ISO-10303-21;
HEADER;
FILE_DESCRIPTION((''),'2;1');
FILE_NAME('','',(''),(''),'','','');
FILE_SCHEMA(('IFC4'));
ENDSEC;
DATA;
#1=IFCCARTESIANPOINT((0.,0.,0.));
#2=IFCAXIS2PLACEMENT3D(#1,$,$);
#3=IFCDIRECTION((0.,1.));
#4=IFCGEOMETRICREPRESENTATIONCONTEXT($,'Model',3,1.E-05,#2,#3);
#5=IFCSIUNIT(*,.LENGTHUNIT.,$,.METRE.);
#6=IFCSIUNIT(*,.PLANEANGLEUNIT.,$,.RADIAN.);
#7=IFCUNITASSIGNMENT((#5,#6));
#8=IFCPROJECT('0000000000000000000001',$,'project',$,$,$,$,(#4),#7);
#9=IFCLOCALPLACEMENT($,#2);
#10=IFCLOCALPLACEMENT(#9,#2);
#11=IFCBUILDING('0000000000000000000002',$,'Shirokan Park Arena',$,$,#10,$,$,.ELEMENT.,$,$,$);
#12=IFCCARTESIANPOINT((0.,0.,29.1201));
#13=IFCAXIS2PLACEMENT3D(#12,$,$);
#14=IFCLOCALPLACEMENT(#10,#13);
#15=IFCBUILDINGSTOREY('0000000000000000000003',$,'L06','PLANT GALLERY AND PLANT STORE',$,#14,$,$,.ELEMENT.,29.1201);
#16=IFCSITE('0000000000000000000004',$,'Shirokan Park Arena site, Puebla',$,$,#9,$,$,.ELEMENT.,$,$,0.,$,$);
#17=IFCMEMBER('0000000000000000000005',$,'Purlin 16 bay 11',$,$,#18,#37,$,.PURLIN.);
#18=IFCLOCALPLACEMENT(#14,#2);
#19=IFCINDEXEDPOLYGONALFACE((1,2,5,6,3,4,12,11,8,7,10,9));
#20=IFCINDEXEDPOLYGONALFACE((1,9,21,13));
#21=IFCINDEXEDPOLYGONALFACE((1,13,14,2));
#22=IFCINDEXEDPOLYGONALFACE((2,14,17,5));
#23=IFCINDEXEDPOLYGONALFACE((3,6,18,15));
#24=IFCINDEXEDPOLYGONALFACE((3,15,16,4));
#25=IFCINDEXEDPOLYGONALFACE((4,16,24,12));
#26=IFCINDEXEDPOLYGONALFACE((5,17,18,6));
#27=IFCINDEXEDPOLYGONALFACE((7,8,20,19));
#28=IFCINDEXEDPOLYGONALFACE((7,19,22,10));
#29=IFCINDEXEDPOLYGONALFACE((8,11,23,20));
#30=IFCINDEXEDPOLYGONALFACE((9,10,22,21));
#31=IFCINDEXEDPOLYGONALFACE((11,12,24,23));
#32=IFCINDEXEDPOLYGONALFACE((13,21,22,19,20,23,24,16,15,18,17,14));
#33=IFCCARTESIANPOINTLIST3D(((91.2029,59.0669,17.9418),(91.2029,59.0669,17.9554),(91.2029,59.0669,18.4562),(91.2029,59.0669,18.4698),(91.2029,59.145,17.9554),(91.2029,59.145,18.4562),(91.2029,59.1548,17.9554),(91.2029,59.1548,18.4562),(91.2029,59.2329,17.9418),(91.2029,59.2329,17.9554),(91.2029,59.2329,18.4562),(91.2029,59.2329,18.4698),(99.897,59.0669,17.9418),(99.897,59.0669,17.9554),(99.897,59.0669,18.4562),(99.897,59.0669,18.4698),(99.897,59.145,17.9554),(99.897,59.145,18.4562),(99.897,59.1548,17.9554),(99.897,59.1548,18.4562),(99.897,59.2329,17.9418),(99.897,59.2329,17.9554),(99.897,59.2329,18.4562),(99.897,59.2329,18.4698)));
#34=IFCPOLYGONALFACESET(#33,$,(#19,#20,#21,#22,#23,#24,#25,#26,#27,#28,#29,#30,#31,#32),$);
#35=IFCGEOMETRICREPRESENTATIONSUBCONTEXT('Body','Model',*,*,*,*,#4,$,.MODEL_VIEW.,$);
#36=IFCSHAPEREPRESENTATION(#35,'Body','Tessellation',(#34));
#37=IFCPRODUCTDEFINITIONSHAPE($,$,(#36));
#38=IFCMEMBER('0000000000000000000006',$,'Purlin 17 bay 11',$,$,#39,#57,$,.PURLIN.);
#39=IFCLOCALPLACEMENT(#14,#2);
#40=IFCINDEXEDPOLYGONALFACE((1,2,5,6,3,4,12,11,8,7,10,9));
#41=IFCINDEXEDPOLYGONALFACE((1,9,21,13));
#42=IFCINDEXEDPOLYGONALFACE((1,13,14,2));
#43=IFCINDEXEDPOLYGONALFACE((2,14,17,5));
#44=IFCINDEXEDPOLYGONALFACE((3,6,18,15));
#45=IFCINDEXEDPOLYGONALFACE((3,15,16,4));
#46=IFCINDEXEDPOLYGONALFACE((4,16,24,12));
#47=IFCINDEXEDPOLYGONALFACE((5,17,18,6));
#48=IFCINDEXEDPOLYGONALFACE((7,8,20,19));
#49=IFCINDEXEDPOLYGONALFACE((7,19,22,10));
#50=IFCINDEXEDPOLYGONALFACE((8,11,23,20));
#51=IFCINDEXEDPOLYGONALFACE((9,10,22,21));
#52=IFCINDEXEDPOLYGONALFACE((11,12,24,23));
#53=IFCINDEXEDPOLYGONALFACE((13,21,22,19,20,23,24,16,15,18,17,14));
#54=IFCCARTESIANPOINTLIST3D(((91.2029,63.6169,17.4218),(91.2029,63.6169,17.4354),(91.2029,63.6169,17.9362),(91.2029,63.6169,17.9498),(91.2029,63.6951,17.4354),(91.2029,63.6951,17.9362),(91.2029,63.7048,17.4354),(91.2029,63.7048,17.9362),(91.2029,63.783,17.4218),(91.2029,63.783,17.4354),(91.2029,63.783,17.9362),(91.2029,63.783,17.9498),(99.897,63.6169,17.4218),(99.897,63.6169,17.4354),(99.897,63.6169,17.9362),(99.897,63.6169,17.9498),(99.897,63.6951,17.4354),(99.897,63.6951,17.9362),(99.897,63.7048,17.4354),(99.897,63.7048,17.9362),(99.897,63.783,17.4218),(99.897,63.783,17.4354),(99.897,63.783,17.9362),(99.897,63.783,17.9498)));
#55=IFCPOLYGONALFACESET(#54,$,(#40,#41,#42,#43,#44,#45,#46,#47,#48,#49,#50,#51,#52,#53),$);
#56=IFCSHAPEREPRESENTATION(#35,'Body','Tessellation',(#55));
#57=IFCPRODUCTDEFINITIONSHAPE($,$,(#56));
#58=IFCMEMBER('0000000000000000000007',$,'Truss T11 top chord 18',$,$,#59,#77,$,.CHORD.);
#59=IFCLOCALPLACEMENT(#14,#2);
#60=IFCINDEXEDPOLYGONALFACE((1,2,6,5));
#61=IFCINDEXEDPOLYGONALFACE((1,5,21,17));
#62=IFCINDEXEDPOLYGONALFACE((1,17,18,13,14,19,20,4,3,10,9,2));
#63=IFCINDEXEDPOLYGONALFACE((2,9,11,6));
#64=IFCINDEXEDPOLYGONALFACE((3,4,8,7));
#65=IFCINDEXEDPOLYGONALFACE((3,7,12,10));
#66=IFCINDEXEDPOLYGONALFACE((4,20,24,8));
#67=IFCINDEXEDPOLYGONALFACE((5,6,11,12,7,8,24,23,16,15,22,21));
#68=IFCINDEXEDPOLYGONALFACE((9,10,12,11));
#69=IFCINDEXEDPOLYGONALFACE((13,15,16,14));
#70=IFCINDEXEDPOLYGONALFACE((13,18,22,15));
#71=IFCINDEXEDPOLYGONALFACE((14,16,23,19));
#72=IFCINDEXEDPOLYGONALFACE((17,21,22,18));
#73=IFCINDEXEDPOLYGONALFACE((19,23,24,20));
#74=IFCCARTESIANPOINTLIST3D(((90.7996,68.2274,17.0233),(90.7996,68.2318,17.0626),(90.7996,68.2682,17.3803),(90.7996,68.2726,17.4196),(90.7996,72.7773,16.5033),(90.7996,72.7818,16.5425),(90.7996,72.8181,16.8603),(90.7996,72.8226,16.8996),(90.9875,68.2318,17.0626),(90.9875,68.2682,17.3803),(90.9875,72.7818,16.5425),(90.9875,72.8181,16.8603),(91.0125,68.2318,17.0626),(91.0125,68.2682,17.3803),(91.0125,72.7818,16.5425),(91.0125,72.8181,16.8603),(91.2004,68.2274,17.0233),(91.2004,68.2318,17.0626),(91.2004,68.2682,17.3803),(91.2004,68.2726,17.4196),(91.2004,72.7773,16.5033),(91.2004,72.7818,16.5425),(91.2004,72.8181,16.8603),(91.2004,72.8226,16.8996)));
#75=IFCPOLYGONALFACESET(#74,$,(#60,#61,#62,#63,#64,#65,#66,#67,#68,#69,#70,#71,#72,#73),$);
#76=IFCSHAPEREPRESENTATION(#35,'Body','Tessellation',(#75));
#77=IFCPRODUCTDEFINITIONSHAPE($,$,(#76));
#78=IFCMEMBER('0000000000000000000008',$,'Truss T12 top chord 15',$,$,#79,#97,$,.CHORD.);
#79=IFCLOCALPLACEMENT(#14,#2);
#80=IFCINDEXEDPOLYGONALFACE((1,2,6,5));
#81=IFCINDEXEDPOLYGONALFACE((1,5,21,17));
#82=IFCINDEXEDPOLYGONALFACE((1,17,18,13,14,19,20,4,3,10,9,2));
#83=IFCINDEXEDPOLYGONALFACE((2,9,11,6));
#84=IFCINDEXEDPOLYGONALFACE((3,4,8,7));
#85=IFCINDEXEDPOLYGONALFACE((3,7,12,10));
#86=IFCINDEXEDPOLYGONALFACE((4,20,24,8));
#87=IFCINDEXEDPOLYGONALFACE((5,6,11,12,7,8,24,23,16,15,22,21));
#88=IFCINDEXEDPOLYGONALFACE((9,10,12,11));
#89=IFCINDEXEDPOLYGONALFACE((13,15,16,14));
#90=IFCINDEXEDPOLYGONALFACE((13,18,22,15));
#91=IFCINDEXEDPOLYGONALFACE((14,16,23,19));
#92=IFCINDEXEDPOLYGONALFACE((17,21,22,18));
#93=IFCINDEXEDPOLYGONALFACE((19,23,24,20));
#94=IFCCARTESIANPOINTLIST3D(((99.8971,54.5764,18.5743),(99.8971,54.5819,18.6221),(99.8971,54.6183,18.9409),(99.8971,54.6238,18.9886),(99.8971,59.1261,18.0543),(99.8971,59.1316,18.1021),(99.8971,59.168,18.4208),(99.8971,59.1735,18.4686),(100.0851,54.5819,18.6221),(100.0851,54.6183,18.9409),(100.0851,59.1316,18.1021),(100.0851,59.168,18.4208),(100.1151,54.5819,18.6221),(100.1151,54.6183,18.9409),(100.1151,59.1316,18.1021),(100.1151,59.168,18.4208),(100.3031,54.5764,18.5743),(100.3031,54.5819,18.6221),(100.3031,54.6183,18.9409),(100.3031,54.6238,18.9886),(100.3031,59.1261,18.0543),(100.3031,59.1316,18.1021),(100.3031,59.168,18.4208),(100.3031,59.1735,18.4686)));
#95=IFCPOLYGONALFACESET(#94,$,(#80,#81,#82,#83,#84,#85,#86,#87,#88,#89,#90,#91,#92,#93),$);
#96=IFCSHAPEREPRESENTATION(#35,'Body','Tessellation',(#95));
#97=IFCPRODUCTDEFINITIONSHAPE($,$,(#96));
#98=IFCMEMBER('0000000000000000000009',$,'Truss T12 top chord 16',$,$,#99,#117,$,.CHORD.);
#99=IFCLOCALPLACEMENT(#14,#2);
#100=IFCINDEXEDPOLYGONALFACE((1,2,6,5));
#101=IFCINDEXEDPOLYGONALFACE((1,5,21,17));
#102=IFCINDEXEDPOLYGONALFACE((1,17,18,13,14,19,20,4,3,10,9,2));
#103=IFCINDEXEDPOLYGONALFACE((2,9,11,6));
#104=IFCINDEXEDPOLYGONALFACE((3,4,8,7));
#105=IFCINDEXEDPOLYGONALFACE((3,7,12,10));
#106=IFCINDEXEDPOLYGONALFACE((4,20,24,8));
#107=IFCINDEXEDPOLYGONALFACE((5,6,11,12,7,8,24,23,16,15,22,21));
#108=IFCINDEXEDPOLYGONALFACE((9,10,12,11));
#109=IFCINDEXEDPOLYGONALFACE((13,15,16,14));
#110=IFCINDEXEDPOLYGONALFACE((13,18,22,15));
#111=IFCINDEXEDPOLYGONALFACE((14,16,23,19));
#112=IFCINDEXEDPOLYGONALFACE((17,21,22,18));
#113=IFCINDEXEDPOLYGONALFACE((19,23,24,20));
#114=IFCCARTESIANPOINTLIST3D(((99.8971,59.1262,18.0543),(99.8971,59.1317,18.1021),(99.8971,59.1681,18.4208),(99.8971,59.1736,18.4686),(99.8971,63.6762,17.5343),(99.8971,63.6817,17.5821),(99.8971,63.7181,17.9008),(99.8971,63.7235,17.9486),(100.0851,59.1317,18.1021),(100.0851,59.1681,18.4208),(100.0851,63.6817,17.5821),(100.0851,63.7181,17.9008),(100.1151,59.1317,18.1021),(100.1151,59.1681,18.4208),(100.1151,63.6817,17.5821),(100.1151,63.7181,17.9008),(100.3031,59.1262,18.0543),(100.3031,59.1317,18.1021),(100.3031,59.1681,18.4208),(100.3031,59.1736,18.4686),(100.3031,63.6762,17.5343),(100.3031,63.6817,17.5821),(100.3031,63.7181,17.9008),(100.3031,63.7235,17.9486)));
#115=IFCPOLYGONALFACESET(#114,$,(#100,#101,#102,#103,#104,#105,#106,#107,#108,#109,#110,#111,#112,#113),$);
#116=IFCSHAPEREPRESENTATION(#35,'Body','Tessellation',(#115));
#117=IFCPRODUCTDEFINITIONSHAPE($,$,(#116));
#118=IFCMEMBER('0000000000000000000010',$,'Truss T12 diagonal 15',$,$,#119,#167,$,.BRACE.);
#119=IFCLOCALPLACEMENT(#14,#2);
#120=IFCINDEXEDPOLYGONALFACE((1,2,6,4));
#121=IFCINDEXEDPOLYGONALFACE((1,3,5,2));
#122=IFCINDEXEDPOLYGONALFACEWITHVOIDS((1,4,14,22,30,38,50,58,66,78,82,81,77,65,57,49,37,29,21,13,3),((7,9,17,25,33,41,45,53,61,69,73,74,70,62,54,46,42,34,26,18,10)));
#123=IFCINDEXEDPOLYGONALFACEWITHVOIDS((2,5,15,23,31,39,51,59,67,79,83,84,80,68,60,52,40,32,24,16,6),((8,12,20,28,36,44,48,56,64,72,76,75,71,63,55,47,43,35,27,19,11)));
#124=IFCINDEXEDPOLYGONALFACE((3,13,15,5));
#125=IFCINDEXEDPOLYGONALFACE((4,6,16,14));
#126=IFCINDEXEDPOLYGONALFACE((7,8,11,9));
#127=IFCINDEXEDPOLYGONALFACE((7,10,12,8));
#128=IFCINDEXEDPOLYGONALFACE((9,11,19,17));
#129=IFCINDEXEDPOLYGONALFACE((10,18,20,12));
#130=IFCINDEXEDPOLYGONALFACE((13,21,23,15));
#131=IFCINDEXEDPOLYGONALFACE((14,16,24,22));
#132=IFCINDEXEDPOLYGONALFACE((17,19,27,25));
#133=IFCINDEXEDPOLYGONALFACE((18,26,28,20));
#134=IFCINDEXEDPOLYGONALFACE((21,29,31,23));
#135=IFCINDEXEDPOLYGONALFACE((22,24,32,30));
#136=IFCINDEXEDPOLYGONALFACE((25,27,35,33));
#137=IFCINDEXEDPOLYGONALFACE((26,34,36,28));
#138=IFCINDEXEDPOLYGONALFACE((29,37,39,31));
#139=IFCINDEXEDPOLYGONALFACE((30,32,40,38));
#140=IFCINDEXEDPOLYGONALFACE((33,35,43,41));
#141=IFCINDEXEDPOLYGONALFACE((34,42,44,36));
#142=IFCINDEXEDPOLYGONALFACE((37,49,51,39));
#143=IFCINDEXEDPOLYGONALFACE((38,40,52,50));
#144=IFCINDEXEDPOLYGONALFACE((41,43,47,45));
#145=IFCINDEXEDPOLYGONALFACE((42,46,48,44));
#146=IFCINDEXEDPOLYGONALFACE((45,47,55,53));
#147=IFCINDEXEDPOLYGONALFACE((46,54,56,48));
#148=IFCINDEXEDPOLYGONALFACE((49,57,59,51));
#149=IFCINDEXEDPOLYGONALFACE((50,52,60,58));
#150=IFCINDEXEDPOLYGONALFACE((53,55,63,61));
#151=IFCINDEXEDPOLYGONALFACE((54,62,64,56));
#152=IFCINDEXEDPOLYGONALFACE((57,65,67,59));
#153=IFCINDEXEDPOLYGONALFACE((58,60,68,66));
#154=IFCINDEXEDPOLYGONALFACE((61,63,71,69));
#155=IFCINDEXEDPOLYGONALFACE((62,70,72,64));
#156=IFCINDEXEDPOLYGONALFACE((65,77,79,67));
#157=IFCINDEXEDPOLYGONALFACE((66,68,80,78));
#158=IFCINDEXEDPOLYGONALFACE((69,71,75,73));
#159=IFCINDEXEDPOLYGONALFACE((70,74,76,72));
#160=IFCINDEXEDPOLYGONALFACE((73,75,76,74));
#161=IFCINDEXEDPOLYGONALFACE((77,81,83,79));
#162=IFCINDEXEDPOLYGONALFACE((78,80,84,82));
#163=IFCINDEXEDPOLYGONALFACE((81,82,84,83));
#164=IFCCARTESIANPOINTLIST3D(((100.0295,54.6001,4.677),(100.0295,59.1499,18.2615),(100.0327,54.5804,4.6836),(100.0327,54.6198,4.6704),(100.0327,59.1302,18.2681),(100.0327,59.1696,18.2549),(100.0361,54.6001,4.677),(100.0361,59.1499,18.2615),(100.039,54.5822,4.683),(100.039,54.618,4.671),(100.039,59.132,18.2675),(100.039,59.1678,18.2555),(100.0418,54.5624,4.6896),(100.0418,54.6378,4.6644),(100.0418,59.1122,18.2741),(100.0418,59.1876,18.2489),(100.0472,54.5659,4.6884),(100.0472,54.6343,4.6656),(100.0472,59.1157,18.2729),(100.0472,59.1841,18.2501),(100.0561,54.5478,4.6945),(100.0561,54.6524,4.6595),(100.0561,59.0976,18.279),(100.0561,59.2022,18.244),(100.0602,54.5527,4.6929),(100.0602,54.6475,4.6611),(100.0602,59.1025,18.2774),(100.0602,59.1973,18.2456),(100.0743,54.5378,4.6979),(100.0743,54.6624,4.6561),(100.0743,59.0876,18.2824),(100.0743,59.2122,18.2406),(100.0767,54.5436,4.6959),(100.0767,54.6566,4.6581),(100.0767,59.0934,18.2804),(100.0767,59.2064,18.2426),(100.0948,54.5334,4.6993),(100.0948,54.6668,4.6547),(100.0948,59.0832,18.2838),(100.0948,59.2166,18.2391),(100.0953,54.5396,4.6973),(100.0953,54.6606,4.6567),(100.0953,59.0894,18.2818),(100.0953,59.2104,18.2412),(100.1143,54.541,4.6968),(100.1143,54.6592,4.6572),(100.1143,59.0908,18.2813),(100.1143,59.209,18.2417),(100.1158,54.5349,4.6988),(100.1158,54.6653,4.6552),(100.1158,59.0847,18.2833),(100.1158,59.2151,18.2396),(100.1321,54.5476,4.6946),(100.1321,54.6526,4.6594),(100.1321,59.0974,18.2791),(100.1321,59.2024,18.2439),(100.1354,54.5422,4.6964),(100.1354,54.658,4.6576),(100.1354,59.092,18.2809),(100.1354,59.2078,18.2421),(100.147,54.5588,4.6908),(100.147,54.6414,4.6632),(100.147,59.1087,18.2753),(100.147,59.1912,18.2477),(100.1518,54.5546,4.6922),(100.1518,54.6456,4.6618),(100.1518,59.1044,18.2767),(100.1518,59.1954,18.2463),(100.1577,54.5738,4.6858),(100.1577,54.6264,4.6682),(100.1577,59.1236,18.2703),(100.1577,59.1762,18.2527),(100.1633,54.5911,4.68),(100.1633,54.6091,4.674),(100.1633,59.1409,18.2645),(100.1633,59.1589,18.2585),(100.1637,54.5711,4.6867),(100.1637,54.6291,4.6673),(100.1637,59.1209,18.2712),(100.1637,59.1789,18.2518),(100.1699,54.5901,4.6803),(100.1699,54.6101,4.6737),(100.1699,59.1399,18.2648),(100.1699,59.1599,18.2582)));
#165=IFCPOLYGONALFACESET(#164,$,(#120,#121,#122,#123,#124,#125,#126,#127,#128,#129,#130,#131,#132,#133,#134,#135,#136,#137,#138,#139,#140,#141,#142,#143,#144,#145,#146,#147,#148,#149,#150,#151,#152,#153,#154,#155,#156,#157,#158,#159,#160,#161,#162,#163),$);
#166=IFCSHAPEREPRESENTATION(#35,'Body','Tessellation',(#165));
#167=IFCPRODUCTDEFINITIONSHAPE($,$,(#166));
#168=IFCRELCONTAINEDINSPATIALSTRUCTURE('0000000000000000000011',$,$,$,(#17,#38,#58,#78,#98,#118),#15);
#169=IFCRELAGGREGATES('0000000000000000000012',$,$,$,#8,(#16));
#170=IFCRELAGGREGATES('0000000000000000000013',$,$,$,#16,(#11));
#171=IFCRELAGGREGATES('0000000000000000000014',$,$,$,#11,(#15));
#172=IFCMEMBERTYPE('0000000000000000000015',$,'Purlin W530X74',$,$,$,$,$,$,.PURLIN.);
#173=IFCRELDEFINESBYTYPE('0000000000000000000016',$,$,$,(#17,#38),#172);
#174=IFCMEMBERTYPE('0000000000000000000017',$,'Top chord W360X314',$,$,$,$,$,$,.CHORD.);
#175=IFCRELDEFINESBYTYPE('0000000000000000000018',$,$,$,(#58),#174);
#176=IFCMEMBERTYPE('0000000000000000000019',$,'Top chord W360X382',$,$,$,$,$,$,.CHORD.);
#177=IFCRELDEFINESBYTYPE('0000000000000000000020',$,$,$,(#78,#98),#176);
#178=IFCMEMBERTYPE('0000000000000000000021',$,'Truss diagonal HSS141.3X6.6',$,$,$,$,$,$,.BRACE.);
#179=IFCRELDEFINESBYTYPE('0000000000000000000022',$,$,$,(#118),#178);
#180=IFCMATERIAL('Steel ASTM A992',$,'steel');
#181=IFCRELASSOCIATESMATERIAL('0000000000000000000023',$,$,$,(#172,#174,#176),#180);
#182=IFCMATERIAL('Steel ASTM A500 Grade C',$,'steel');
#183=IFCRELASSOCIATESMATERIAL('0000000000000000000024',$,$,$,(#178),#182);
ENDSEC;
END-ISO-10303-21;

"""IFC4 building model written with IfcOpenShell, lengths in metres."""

from ifc_helpers import new_model, si_unit, direction, frame, origin, origin_2d, place, context, subcontext, project, spatial, hollow_circle, i_section, extrude, material, material_profile, profile_set, type_object, element, save


model = new_model("IFC4")

# Units and contexts
model_context = context("Model", 3, precision=1e-05, world=origin(), true_north=direction((0.0, 1.0)))
body_context = subcontext(model_context, "Body", "Model", "MODEL_VIEW")
ifc_project = project(units=[si_unit("LENGTHUNIT", "METRE"), si_unit("PLANEANGLEUNIT", "RADIAN")], contexts=[model_context])

# Site, building, storey
site_placement = place(None, origin())
site = spatial("IfcSite", under=ifc_project, at=site_placement, Name="Shirokan Park Arena site, Puebla", CompositionType="ELEMENT", RefElevation=0.0)
building_placement = place(site_placement, origin())
building = spatial("IfcBuilding", under=site, at=building_placement, Name="Shirokan Park Arena", CompositionType="ELEMENT")
storey_placement = place(building_placement, frame((0.0, 0.0, 29.1201)))
storey = spatial("IfcBuildingStorey", under=building, at=storey_placement, Name="L06", Description="PLANT GALLERY AND PLANT STORE", CompositionType="ELEMENT", Elevation=29.1201)

# Members
ifc_material_1 = material(Name="Steel ASTM A992", Category="steel")
ifc_material_2 = material(Name="Steel ASTM A500 Grade C", Category="steel")
ifc_material_profile_1 = material_profile(ifc_material_1, i_section(OverallWidth=0.166, OverallDepth=0.5281, WebThickness=0.0098, FlangeThickness=0.0137, at=origin_2d()), Name="W530X74")
ifc_profile_set_1 = profile_set([ifc_material_profile_1], Name="Steel ASTM A992")
member_type_1 = type_object("IfcMemberType", Name="Purlin W530X74", PredefinedType="PURLIN", material=ifc_profile_set_1)
for number, where, z_axis, x_axis, name in (
    (1, (91.2029, 59.1499, 18.2058), (1.0, 0.0, 0.0), (0.0, 1.0, 0.0), "Purlin 16 bay 11"),
    (2, (91.2029, 63.7, 17.6858), (1.0, 0.0, 0.0), (0.0, 1.0, 0.0), "Purlin 17 bay 11"),
):
    element("IfcMember", number, at=place(storey_placement, frame(where, z_axis=z_axis, x_axis=x_axis)), inside=storey, type_object=member_type_1, Name=name, PredefinedType="PURLIN", context=body_context, shape_type="SweptSolid", body=[
        extrude(i_section(OverallWidth=0.166, OverallDepth=0.5281, WebThickness=0.0098, FlangeThickness=0.0137, at=origin_2d()), origin(), (0.0, 0.0, 1.0), 8.6941),
    ])
ifc_material_profile_2 = material_profile(ifc_material_1, i_section(OverallWidth=0.4009, OverallDepth=0.3989, WebThickness=0.0249, FlangeThickness=0.0396, at=origin_2d()), Name="W360X314")
ifc_profile_set_2 = profile_set([ifc_material_profile_2], Name="Steel ASTM A992")
member_type_2 = type_object("IfcMemberType", Name="Top chord W360X314", PredefinedType="CHORD", material=ifc_profile_set_2)
member_1_placement = place(storey_placement, frame((91.0, 68.25, 17.2214), z_axis=(0.0, 0.993532, -0.11355), x_axis=(-1.0, 0.0, 0.0)))
element("IfcMember", 3, at=member_1_placement, inside=storey, type_object=member_type_2, Name="Truss T11 top chord 18", PredefinedType="CHORD", context=body_context, shape_type="SweptSolid", body=[
    extrude(i_section(OverallWidth=0.4009, OverallDepth=0.3989, WebThickness=0.0249, FlangeThickness=0.0396, at=origin_2d()), origin(), (0.0, 0.0, 1.0), 4.5796),
])
ifc_material_profile_3 = material_profile(ifc_material_1, i_section(OverallWidth=0.406, OverallDepth=0.417, WebThickness=0.03, FlangeThickness=0.0481, at=origin_2d()), Name="W360X382")
ifc_profile_set_3 = profile_set([ifc_material_profile_3], Name="Steel ASTM A992")
member_type_3 = type_object("IfcMemberType", Name="Top chord W360X382", PredefinedType="CHORD", material=ifc_profile_set_3)
member_2_placement = place(storey_placement, frame((100.1001, 54.6001, 18.7815), z_axis=(0.0, 0.993532, -0.113556), x_axis=(-1.0, 0.0, 0.0)))
element("IfcMember", 4, at=member_2_placement, inside=storey, type_object=member_type_3, Name="Truss T12 top chord 15", PredefinedType="CHORD", context=body_context, shape_type="SweptSolid", body=[
    extrude(i_section(OverallWidth=0.406, OverallDepth=0.417, WebThickness=0.03, FlangeThickness=0.0481, at=origin_2d()), origin(), (0.0, 0.0, 1.0), 4.5793),
])
member_3_placement = place(storey_placement, frame((100.1001, 59.1499, 18.2615), z_axis=(0.0, 0.993532, -0.11355), x_axis=(-1.0, 0.0, 0.0)))
element("IfcMember", 5, at=member_3_placement, inside=storey, type_object=member_type_3, Name="Truss T12 top chord 16", PredefinedType="CHORD", context=body_context, shape_type="SweptSolid", body=[
    extrude(i_section(OverallWidth=0.406, OverallDepth=0.417, WebThickness=0.03, FlangeThickness=0.0481, at=origin_2d()), origin(), (0.0, 0.0, 1.0), 4.5796),
])
ifc_material_profile_4 = material_profile(ifc_material_2, hollow_circle(Radius=0.0706, WallThickness=0.0066, at=origin_2d()), Name="HSS141.3X6.6")
ifc_profile_set_4 = profile_set([ifc_material_profile_4], Name="Steel ASTM A500 Grade C")
member_type_4 = type_object("IfcMemberType", Name="Truss diagonal HSS141.3X6.6", PredefinedType="BRACE", material=ifc_profile_set_4)
member_4_placement = place(storey_placement, frame((100.1001, 54.6001, 4.677), z_axis=(0.0, 0.317587, 0.948229), x_axis=(-1.0, 0.0, 0.0)))
element("IfcMember", 6, at=member_4_placement, inside=storey, type_object=member_type_4, Name="Truss T12 diagonal 15", PredefinedType="BRACE", context=body_context, shape_type="SweptSolid", body=[
    extrude(hollow_circle(Radius=0.0706, WallThickness=0.0066, at=origin_2d()), origin(), (0.0, 0.0, 1.0), 14.3262),
])

save(model, "model.ifc")
